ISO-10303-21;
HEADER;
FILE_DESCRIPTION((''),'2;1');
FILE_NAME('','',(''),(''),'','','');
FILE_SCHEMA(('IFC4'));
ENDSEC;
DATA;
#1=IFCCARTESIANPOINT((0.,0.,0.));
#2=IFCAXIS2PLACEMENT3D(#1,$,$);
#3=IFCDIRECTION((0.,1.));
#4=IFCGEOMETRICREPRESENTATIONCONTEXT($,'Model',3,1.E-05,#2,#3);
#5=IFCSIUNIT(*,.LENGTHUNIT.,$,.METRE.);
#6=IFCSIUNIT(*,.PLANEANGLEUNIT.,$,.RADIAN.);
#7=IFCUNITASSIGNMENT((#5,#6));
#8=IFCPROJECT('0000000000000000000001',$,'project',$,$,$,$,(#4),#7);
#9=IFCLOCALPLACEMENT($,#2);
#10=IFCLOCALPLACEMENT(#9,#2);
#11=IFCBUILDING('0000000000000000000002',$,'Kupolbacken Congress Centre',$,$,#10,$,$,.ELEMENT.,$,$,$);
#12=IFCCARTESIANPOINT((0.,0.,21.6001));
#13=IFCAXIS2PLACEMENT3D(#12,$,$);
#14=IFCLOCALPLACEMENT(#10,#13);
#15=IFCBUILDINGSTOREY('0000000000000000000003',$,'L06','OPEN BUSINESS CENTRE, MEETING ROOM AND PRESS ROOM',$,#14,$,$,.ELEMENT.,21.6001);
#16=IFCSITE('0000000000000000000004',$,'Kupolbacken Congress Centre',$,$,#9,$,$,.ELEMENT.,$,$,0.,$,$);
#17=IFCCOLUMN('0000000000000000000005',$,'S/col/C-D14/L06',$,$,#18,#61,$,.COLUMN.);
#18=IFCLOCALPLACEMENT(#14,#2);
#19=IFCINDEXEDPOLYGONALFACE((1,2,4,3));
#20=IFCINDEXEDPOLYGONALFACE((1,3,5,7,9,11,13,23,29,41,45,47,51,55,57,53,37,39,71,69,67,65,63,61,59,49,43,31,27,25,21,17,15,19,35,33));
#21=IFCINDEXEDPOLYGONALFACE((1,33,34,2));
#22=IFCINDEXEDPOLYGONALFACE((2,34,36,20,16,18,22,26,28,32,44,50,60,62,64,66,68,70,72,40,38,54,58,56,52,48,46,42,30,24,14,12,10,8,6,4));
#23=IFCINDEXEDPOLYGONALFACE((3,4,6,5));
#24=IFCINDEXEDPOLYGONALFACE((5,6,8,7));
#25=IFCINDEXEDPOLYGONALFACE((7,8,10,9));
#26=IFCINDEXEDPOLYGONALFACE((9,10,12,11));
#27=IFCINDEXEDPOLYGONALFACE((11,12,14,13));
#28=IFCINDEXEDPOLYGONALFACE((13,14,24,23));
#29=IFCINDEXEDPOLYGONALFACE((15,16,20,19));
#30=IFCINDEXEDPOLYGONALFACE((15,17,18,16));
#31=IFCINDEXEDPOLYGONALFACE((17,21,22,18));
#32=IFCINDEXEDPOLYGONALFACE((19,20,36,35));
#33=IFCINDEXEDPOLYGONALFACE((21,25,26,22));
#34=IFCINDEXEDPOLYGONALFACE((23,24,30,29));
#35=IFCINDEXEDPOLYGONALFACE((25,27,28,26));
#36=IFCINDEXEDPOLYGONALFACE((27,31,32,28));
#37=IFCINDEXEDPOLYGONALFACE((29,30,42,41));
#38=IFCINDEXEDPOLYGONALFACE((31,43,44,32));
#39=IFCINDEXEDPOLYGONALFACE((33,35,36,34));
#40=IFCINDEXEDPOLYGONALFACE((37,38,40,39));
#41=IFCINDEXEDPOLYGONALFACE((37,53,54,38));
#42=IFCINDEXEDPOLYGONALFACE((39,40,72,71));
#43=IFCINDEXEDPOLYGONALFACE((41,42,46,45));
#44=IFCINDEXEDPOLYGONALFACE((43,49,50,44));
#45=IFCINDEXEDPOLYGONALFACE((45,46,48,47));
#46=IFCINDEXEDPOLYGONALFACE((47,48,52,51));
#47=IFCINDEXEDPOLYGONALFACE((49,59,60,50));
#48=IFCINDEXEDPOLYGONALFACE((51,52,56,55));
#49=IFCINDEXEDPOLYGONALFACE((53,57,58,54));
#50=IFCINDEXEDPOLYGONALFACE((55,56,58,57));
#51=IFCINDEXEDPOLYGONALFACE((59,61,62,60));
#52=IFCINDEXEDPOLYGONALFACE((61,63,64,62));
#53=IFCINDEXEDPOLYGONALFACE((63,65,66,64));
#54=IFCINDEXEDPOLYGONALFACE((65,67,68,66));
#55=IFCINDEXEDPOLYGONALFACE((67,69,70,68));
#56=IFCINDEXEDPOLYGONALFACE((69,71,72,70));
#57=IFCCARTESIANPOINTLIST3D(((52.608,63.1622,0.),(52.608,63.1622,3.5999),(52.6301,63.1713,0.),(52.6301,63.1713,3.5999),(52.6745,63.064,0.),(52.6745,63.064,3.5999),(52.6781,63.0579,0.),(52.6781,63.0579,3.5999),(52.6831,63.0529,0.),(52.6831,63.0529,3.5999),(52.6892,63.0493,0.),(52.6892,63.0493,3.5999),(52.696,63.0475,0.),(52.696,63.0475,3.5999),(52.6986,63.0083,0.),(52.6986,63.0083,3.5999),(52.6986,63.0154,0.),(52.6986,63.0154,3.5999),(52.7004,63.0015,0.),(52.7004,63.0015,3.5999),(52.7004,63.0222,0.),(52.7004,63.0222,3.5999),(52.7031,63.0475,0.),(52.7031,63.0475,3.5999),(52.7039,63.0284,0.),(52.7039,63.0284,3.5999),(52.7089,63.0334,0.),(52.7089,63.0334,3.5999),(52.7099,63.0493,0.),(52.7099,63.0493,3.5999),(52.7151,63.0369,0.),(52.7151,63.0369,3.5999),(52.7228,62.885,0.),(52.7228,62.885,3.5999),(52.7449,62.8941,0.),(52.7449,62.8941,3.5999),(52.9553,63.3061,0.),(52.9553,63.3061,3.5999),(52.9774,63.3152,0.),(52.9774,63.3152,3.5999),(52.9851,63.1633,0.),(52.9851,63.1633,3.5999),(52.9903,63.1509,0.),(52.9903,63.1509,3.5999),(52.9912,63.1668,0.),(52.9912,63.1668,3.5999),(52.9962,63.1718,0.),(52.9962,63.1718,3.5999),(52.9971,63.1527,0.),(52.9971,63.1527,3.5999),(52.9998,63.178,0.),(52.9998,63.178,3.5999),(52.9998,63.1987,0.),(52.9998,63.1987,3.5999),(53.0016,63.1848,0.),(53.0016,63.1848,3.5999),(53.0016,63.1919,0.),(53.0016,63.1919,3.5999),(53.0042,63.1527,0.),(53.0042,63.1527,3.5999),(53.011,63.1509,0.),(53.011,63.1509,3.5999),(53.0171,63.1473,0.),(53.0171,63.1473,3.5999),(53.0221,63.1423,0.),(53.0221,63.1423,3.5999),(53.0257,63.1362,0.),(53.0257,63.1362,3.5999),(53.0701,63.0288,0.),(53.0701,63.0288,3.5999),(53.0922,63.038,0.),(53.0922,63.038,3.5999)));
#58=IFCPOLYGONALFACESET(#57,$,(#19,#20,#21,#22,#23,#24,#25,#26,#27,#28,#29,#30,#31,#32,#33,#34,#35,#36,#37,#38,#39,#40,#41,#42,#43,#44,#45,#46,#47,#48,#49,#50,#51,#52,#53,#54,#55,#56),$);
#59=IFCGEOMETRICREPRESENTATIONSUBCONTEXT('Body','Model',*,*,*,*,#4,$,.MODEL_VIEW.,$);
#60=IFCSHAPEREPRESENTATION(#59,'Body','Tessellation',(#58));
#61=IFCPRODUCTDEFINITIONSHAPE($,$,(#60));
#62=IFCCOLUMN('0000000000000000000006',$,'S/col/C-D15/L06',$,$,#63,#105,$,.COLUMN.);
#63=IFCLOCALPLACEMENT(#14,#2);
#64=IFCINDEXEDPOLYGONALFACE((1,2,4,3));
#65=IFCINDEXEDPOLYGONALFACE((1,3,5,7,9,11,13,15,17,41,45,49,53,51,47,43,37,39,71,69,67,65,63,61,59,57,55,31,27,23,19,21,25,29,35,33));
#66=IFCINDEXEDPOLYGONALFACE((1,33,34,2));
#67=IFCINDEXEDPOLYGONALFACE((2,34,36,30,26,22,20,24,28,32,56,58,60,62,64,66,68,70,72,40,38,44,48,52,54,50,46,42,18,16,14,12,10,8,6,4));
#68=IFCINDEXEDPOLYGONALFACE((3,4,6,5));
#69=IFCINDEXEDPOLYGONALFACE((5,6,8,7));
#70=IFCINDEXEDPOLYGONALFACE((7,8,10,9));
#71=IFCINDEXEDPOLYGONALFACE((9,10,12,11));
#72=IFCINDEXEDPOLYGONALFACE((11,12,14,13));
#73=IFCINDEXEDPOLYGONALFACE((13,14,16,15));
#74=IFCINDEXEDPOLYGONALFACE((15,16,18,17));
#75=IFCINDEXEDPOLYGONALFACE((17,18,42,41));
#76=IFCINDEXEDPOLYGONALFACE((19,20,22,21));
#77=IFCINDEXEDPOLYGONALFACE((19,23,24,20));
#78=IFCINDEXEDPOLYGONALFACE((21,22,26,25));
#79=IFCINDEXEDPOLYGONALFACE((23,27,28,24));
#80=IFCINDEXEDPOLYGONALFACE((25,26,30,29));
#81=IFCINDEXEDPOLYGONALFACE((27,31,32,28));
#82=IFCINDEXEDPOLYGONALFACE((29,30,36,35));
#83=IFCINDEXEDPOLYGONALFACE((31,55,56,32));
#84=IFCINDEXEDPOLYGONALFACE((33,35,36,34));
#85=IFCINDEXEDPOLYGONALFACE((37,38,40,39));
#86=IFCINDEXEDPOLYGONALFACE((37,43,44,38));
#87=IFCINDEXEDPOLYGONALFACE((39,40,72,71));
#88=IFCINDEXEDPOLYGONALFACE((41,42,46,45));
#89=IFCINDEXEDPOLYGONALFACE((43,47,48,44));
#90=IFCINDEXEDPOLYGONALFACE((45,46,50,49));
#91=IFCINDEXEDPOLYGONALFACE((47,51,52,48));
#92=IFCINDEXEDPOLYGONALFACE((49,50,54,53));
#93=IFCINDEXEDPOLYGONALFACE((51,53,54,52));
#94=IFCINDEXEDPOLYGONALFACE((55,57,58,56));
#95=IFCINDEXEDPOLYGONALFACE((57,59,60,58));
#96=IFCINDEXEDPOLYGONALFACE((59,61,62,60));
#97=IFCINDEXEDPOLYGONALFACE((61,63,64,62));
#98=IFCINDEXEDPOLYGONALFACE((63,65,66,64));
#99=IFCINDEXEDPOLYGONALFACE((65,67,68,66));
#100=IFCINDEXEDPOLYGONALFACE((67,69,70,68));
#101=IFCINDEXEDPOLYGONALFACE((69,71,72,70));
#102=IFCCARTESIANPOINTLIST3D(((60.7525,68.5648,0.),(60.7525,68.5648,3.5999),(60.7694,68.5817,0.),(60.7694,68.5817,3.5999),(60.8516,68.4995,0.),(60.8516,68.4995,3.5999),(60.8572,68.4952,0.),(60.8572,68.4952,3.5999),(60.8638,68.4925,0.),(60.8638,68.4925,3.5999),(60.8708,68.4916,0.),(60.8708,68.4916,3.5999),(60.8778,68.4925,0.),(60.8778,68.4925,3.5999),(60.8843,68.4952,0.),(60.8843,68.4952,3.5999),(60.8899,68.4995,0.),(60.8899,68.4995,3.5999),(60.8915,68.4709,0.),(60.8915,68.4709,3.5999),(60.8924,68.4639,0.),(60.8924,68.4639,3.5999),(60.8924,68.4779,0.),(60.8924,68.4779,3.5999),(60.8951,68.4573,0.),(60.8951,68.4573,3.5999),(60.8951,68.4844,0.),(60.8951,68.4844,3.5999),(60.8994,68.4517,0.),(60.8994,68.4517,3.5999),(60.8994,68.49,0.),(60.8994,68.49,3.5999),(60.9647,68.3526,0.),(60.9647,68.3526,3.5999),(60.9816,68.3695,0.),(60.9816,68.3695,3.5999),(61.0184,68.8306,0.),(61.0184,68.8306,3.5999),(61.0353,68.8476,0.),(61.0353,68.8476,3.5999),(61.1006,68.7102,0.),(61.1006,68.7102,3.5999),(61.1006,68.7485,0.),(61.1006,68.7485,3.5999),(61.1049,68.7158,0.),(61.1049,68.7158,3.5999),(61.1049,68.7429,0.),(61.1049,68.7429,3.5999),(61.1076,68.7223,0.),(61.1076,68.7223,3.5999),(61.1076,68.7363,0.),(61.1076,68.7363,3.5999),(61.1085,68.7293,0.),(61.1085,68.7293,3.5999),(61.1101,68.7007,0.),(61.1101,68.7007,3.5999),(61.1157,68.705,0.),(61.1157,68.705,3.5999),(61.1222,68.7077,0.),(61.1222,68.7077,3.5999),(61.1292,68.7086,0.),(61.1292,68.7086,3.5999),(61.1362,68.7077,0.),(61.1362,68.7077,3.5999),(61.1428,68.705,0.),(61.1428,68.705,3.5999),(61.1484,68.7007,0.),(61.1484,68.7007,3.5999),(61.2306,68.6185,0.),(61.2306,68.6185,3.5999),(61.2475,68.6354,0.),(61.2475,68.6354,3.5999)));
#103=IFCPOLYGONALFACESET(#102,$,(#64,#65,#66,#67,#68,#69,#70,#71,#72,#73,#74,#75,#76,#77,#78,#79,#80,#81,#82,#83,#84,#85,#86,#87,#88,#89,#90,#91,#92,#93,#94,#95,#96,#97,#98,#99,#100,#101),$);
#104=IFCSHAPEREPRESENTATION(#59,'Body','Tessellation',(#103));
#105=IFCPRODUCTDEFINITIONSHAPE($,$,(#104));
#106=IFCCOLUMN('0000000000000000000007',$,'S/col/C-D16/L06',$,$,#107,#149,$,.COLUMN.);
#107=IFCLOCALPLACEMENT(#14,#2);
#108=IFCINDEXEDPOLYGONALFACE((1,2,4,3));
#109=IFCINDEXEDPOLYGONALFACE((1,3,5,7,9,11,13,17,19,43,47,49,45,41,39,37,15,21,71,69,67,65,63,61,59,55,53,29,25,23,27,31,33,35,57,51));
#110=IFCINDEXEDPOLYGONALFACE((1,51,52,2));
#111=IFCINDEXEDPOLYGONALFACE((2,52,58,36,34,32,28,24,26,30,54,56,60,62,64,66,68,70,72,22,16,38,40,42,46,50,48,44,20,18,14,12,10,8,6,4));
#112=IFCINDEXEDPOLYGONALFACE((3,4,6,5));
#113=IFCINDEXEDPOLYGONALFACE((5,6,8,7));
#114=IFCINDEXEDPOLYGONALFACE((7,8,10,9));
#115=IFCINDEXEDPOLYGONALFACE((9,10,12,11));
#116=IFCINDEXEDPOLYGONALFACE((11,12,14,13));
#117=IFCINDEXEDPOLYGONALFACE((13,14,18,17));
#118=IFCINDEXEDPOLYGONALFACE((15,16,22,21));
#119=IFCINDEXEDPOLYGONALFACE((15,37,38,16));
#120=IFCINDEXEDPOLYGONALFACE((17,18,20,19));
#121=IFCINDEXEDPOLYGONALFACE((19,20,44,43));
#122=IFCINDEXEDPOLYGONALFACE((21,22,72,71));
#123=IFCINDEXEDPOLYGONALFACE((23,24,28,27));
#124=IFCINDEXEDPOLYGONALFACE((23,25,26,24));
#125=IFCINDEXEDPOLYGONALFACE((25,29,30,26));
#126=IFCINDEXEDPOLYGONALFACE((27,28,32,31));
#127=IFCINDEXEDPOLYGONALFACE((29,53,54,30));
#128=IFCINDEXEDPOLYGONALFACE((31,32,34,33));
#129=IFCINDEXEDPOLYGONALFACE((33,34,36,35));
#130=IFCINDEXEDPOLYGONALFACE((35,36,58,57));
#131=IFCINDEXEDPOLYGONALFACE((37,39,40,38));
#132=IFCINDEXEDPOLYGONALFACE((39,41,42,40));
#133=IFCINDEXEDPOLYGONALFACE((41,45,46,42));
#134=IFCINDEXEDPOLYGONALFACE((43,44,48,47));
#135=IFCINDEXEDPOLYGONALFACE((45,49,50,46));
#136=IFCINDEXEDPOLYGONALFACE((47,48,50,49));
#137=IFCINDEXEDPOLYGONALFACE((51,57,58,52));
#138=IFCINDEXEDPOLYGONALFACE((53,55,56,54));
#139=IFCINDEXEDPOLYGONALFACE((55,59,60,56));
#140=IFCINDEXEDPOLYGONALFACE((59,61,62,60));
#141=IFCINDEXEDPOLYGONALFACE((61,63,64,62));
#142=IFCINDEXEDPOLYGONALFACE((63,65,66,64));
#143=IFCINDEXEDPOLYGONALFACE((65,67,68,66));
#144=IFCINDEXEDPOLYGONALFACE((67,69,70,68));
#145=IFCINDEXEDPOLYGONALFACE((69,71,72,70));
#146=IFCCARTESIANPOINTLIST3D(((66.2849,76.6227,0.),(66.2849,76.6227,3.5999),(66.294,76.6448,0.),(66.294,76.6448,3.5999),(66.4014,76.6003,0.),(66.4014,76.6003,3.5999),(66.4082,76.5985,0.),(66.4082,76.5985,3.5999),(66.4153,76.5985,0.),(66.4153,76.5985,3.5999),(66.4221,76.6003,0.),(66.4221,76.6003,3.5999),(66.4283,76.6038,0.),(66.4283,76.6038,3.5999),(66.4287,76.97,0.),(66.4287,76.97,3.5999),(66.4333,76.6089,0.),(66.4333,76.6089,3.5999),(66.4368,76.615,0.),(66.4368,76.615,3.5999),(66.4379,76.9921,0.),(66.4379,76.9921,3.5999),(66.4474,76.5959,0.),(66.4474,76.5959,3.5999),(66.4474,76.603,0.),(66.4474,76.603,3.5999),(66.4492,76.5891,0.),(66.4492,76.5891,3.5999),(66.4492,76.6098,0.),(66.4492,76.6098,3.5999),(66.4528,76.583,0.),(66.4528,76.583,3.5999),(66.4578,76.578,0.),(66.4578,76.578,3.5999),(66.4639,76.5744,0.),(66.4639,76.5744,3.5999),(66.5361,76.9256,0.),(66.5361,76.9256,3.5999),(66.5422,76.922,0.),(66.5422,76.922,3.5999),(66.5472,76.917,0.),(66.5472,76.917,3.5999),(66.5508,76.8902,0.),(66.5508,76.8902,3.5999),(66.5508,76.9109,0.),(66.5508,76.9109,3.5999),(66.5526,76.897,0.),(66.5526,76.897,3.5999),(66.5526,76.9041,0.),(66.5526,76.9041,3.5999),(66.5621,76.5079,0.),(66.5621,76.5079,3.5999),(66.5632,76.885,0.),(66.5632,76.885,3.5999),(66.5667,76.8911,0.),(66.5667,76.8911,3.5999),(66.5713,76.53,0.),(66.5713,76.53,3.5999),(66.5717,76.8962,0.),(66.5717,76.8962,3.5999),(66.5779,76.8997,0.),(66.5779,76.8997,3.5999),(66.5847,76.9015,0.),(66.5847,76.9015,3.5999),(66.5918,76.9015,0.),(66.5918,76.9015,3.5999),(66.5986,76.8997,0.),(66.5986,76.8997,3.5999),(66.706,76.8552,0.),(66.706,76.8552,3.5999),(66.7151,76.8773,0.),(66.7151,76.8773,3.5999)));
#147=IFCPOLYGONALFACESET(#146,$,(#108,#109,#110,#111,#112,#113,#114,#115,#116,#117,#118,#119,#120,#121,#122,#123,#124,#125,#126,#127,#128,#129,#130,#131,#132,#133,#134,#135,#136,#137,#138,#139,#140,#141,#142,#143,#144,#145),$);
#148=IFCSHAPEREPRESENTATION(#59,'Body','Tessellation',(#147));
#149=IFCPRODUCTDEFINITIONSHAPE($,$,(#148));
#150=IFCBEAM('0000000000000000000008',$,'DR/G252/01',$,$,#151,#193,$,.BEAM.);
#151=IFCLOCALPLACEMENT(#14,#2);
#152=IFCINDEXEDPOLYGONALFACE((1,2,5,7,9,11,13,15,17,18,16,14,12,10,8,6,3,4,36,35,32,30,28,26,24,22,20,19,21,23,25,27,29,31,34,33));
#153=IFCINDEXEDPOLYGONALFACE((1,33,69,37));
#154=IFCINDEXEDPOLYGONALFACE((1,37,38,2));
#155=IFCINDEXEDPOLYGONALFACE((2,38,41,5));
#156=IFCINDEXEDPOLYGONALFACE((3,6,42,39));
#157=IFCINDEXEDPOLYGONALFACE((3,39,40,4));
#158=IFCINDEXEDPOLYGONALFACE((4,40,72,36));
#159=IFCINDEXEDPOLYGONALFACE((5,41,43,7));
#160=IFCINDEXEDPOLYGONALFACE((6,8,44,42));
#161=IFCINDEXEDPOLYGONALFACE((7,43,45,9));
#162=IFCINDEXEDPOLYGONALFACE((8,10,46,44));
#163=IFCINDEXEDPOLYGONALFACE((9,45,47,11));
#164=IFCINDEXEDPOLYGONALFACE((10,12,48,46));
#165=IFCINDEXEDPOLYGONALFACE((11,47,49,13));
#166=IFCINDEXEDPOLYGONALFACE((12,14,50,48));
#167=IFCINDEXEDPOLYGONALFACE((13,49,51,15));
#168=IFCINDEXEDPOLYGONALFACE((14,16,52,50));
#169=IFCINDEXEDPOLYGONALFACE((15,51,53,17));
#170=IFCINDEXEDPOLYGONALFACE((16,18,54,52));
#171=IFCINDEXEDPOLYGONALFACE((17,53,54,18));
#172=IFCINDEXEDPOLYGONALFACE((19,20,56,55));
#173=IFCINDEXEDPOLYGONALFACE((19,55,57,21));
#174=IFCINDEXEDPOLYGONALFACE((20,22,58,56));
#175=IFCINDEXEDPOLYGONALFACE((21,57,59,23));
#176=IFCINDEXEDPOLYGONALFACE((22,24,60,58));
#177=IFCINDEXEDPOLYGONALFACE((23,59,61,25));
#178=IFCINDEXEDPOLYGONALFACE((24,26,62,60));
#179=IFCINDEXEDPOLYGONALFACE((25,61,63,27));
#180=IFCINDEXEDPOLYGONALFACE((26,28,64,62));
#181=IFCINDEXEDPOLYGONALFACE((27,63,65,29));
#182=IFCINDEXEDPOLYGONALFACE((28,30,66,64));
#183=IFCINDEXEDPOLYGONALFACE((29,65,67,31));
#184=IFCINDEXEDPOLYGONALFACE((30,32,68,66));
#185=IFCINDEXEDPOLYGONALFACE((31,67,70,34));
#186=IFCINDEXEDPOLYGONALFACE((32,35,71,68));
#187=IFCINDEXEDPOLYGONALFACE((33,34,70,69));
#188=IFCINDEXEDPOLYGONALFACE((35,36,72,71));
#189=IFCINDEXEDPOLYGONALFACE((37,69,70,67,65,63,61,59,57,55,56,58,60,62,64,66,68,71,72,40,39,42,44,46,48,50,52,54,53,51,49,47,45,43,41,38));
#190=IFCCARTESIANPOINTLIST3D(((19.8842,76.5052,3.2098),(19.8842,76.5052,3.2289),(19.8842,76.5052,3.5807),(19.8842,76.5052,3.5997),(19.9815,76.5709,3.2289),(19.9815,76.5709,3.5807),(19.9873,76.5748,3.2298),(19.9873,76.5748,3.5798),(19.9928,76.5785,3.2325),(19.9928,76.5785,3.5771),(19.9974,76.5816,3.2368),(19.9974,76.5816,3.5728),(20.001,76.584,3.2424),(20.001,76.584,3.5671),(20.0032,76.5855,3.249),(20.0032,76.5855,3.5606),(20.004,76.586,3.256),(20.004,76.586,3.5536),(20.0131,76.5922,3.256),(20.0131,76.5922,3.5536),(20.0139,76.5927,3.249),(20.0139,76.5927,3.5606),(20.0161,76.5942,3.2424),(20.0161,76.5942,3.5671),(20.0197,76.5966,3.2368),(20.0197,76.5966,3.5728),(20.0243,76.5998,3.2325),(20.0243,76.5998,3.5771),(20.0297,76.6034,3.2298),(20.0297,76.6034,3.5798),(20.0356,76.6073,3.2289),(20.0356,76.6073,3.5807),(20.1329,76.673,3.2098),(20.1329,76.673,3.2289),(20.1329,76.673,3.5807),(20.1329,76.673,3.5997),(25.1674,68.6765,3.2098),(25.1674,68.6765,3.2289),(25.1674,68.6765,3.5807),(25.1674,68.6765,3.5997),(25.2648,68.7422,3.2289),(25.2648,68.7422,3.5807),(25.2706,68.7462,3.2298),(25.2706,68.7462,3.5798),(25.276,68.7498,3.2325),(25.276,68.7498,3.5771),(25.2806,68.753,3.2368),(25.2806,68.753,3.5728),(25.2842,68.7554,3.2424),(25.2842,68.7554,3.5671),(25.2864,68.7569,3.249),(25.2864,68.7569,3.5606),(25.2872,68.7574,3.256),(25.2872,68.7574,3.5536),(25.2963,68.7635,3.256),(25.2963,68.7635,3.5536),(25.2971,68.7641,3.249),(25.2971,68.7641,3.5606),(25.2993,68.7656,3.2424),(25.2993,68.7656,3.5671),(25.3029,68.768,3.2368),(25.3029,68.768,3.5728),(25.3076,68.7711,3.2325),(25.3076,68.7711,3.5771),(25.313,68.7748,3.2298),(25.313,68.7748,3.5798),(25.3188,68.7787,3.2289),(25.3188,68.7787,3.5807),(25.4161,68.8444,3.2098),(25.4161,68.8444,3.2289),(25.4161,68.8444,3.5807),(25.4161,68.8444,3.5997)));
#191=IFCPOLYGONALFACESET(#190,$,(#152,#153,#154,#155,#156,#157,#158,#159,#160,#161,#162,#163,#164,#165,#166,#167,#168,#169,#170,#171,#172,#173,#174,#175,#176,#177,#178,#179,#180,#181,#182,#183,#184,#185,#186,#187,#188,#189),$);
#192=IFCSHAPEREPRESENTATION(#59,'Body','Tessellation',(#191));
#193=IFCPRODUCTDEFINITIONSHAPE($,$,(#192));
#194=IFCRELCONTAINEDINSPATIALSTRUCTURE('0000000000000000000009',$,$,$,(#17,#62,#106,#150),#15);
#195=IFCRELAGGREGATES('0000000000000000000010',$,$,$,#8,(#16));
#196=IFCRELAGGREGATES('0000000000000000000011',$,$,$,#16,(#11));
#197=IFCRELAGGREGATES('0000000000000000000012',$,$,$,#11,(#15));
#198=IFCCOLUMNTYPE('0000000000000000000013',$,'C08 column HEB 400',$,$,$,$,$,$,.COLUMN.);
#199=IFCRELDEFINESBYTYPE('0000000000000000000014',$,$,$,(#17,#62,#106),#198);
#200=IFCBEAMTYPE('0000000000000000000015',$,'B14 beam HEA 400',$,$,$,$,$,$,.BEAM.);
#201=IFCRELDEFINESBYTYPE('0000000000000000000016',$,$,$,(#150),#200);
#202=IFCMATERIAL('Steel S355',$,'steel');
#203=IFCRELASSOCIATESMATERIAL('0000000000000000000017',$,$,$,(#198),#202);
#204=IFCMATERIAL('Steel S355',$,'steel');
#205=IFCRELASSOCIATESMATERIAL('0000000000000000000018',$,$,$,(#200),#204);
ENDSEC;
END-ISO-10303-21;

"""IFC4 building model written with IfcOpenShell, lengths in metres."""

from ifc_helpers import new_model, si_unit, direction, frame, origin, origin_2d, place, context, subcontext, project, spatial, i_section, extrude, material, material_profile, profile_set, type_object, element, save


model = new_model("IFC4")

# Units and contexts
model_context = context("Model", 3, precision=1e-05, world=origin(), true_north=direction((0.0, 1.0)))
body_context = subcontext(model_context, "Body", "Model", "MODEL_VIEW")
ifc_project = project(units=[si_unit("LENGTHUNIT", "METRE"), si_unit("PLANEANGLEUNIT", "RADIAN")], contexts=[model_context])

# Site, building, storey
site_placement = place(None, origin())
site = spatial("IfcSite", under=ifc_project, at=site_placement, Name="Kupolbacken Congress Centre", CompositionType="ELEMENT", RefElevation=0.0)
building_placement = place(site_placement, origin())
building = spatial("IfcBuilding", under=site, at=building_placement, Name="Kupolbacken Congress Centre", CompositionType="ELEMENT")
storey_placement = place(building_placement, frame((0.0, 0.0, 21.6001)))
storey = spatial("IfcBuildingStorey", under=building, at=storey_placement, Name="L06", Description="OPEN BUSINESS CENTRE, MEETING ROOM AND PRESS ROOM", CompositionType="ELEMENT", Elevation=21.6001)

# Columns
ifc_material_1 = material(Name="Steel S355", Category="steel")
ifc_material_profile_1 = material_profile(ifc_material_1, i_section(OverallWidth=0.3, OverallDepth=0.3999, WebThickness=0.0134, FlangeThickness=0.0239, FilletRadius=0.0271, at=origin_2d()), Name="HEB 400")
ifc_profile_set_1 = profile_set([ifc_material_profile_1], Name="Steel S355")
column_type = type_object("IfcColumnType", Name="C08 column HEB 400", PredefinedType="COLUMN", material=ifc_profile_set_1)
for number, where, z_axis, x_axis, name in (
    (1, (52.8501, 63.1001, 0.0), (0.0, 0.0, 1.0), (0.382644, -0.923896, 0.0), "S/col/C-D14/L06"),
    (2, (61.0, 68.6001, 0.0), (0.0, 0.0, 1.0), (0.707107, -0.707107, 0.0), "S/col/C-D15/L06"),
    (3, (66.5, 76.75, 0.0), (0.0, 0.0, 1.0), (0.923896, -0.382644, 0.0), "S/col/C-D16/L06"),
):
    element("IfcColumn", number, at=place(storey_placement, frame(where, z_axis=z_axis, x_axis=x_axis)), inside=storey, type_object=column_type, Name=name, PredefinedType="COLUMN", context=body_context, shape_type="SweptSolid", body=[
        extrude(i_section(OverallWidth=0.3, OverallDepth=0.3999, WebThickness=0.0134, FlangeThickness=0.0239, FilletRadius=0.0271, at=origin_2d()), origin(), (0.0, 0.0, 1.0), 3.5999),
    ])

# Beam
ifc_material_2 = material(Name="Steel S355", Category="steel")
ifc_material_profile_2 = material_profile(ifc_material_2, i_section(OverallWidth=0.3, OverallDepth=0.3899, WebThickness=0.011, FlangeThickness=0.019, FilletRadius=0.0271, at=origin_2d()), Name="HEA 400")
ifc_profile_set_2 = profile_set([ifc_material_profile_2], Name="Steel S355")
beam_type = type_object("IfcBeamType", Name="B14 beam HEA 400", PredefinedType="BEAM", material=ifc_profile_set_2)
for number, where, z_axis, x_axis, name in (
    (4, (20.0085, 76.5891, 3.4048), (0.559392, -0.828903, 0.0), (0.828903, 0.559392, 0.0), "DR/G252/01"),
):
    element("IfcBeam", number, at=place(storey_placement, frame(where, z_axis=z_axis, x_axis=x_axis)), inside=storey, type_object=beam_type, Name=name, PredefinedType="BEAM", context=body_context, shape_type="SweptSolid", body=[
        extrude(i_section(OverallWidth=0.3, OverallDepth=0.3899, WebThickness=0.011, FlangeThickness=0.019, FilletRadius=0.0271, at=origin_2d()), origin(), (0.0, 0.0, 1.0), 9.4446),
    ])

save(model, "model.ifc")
